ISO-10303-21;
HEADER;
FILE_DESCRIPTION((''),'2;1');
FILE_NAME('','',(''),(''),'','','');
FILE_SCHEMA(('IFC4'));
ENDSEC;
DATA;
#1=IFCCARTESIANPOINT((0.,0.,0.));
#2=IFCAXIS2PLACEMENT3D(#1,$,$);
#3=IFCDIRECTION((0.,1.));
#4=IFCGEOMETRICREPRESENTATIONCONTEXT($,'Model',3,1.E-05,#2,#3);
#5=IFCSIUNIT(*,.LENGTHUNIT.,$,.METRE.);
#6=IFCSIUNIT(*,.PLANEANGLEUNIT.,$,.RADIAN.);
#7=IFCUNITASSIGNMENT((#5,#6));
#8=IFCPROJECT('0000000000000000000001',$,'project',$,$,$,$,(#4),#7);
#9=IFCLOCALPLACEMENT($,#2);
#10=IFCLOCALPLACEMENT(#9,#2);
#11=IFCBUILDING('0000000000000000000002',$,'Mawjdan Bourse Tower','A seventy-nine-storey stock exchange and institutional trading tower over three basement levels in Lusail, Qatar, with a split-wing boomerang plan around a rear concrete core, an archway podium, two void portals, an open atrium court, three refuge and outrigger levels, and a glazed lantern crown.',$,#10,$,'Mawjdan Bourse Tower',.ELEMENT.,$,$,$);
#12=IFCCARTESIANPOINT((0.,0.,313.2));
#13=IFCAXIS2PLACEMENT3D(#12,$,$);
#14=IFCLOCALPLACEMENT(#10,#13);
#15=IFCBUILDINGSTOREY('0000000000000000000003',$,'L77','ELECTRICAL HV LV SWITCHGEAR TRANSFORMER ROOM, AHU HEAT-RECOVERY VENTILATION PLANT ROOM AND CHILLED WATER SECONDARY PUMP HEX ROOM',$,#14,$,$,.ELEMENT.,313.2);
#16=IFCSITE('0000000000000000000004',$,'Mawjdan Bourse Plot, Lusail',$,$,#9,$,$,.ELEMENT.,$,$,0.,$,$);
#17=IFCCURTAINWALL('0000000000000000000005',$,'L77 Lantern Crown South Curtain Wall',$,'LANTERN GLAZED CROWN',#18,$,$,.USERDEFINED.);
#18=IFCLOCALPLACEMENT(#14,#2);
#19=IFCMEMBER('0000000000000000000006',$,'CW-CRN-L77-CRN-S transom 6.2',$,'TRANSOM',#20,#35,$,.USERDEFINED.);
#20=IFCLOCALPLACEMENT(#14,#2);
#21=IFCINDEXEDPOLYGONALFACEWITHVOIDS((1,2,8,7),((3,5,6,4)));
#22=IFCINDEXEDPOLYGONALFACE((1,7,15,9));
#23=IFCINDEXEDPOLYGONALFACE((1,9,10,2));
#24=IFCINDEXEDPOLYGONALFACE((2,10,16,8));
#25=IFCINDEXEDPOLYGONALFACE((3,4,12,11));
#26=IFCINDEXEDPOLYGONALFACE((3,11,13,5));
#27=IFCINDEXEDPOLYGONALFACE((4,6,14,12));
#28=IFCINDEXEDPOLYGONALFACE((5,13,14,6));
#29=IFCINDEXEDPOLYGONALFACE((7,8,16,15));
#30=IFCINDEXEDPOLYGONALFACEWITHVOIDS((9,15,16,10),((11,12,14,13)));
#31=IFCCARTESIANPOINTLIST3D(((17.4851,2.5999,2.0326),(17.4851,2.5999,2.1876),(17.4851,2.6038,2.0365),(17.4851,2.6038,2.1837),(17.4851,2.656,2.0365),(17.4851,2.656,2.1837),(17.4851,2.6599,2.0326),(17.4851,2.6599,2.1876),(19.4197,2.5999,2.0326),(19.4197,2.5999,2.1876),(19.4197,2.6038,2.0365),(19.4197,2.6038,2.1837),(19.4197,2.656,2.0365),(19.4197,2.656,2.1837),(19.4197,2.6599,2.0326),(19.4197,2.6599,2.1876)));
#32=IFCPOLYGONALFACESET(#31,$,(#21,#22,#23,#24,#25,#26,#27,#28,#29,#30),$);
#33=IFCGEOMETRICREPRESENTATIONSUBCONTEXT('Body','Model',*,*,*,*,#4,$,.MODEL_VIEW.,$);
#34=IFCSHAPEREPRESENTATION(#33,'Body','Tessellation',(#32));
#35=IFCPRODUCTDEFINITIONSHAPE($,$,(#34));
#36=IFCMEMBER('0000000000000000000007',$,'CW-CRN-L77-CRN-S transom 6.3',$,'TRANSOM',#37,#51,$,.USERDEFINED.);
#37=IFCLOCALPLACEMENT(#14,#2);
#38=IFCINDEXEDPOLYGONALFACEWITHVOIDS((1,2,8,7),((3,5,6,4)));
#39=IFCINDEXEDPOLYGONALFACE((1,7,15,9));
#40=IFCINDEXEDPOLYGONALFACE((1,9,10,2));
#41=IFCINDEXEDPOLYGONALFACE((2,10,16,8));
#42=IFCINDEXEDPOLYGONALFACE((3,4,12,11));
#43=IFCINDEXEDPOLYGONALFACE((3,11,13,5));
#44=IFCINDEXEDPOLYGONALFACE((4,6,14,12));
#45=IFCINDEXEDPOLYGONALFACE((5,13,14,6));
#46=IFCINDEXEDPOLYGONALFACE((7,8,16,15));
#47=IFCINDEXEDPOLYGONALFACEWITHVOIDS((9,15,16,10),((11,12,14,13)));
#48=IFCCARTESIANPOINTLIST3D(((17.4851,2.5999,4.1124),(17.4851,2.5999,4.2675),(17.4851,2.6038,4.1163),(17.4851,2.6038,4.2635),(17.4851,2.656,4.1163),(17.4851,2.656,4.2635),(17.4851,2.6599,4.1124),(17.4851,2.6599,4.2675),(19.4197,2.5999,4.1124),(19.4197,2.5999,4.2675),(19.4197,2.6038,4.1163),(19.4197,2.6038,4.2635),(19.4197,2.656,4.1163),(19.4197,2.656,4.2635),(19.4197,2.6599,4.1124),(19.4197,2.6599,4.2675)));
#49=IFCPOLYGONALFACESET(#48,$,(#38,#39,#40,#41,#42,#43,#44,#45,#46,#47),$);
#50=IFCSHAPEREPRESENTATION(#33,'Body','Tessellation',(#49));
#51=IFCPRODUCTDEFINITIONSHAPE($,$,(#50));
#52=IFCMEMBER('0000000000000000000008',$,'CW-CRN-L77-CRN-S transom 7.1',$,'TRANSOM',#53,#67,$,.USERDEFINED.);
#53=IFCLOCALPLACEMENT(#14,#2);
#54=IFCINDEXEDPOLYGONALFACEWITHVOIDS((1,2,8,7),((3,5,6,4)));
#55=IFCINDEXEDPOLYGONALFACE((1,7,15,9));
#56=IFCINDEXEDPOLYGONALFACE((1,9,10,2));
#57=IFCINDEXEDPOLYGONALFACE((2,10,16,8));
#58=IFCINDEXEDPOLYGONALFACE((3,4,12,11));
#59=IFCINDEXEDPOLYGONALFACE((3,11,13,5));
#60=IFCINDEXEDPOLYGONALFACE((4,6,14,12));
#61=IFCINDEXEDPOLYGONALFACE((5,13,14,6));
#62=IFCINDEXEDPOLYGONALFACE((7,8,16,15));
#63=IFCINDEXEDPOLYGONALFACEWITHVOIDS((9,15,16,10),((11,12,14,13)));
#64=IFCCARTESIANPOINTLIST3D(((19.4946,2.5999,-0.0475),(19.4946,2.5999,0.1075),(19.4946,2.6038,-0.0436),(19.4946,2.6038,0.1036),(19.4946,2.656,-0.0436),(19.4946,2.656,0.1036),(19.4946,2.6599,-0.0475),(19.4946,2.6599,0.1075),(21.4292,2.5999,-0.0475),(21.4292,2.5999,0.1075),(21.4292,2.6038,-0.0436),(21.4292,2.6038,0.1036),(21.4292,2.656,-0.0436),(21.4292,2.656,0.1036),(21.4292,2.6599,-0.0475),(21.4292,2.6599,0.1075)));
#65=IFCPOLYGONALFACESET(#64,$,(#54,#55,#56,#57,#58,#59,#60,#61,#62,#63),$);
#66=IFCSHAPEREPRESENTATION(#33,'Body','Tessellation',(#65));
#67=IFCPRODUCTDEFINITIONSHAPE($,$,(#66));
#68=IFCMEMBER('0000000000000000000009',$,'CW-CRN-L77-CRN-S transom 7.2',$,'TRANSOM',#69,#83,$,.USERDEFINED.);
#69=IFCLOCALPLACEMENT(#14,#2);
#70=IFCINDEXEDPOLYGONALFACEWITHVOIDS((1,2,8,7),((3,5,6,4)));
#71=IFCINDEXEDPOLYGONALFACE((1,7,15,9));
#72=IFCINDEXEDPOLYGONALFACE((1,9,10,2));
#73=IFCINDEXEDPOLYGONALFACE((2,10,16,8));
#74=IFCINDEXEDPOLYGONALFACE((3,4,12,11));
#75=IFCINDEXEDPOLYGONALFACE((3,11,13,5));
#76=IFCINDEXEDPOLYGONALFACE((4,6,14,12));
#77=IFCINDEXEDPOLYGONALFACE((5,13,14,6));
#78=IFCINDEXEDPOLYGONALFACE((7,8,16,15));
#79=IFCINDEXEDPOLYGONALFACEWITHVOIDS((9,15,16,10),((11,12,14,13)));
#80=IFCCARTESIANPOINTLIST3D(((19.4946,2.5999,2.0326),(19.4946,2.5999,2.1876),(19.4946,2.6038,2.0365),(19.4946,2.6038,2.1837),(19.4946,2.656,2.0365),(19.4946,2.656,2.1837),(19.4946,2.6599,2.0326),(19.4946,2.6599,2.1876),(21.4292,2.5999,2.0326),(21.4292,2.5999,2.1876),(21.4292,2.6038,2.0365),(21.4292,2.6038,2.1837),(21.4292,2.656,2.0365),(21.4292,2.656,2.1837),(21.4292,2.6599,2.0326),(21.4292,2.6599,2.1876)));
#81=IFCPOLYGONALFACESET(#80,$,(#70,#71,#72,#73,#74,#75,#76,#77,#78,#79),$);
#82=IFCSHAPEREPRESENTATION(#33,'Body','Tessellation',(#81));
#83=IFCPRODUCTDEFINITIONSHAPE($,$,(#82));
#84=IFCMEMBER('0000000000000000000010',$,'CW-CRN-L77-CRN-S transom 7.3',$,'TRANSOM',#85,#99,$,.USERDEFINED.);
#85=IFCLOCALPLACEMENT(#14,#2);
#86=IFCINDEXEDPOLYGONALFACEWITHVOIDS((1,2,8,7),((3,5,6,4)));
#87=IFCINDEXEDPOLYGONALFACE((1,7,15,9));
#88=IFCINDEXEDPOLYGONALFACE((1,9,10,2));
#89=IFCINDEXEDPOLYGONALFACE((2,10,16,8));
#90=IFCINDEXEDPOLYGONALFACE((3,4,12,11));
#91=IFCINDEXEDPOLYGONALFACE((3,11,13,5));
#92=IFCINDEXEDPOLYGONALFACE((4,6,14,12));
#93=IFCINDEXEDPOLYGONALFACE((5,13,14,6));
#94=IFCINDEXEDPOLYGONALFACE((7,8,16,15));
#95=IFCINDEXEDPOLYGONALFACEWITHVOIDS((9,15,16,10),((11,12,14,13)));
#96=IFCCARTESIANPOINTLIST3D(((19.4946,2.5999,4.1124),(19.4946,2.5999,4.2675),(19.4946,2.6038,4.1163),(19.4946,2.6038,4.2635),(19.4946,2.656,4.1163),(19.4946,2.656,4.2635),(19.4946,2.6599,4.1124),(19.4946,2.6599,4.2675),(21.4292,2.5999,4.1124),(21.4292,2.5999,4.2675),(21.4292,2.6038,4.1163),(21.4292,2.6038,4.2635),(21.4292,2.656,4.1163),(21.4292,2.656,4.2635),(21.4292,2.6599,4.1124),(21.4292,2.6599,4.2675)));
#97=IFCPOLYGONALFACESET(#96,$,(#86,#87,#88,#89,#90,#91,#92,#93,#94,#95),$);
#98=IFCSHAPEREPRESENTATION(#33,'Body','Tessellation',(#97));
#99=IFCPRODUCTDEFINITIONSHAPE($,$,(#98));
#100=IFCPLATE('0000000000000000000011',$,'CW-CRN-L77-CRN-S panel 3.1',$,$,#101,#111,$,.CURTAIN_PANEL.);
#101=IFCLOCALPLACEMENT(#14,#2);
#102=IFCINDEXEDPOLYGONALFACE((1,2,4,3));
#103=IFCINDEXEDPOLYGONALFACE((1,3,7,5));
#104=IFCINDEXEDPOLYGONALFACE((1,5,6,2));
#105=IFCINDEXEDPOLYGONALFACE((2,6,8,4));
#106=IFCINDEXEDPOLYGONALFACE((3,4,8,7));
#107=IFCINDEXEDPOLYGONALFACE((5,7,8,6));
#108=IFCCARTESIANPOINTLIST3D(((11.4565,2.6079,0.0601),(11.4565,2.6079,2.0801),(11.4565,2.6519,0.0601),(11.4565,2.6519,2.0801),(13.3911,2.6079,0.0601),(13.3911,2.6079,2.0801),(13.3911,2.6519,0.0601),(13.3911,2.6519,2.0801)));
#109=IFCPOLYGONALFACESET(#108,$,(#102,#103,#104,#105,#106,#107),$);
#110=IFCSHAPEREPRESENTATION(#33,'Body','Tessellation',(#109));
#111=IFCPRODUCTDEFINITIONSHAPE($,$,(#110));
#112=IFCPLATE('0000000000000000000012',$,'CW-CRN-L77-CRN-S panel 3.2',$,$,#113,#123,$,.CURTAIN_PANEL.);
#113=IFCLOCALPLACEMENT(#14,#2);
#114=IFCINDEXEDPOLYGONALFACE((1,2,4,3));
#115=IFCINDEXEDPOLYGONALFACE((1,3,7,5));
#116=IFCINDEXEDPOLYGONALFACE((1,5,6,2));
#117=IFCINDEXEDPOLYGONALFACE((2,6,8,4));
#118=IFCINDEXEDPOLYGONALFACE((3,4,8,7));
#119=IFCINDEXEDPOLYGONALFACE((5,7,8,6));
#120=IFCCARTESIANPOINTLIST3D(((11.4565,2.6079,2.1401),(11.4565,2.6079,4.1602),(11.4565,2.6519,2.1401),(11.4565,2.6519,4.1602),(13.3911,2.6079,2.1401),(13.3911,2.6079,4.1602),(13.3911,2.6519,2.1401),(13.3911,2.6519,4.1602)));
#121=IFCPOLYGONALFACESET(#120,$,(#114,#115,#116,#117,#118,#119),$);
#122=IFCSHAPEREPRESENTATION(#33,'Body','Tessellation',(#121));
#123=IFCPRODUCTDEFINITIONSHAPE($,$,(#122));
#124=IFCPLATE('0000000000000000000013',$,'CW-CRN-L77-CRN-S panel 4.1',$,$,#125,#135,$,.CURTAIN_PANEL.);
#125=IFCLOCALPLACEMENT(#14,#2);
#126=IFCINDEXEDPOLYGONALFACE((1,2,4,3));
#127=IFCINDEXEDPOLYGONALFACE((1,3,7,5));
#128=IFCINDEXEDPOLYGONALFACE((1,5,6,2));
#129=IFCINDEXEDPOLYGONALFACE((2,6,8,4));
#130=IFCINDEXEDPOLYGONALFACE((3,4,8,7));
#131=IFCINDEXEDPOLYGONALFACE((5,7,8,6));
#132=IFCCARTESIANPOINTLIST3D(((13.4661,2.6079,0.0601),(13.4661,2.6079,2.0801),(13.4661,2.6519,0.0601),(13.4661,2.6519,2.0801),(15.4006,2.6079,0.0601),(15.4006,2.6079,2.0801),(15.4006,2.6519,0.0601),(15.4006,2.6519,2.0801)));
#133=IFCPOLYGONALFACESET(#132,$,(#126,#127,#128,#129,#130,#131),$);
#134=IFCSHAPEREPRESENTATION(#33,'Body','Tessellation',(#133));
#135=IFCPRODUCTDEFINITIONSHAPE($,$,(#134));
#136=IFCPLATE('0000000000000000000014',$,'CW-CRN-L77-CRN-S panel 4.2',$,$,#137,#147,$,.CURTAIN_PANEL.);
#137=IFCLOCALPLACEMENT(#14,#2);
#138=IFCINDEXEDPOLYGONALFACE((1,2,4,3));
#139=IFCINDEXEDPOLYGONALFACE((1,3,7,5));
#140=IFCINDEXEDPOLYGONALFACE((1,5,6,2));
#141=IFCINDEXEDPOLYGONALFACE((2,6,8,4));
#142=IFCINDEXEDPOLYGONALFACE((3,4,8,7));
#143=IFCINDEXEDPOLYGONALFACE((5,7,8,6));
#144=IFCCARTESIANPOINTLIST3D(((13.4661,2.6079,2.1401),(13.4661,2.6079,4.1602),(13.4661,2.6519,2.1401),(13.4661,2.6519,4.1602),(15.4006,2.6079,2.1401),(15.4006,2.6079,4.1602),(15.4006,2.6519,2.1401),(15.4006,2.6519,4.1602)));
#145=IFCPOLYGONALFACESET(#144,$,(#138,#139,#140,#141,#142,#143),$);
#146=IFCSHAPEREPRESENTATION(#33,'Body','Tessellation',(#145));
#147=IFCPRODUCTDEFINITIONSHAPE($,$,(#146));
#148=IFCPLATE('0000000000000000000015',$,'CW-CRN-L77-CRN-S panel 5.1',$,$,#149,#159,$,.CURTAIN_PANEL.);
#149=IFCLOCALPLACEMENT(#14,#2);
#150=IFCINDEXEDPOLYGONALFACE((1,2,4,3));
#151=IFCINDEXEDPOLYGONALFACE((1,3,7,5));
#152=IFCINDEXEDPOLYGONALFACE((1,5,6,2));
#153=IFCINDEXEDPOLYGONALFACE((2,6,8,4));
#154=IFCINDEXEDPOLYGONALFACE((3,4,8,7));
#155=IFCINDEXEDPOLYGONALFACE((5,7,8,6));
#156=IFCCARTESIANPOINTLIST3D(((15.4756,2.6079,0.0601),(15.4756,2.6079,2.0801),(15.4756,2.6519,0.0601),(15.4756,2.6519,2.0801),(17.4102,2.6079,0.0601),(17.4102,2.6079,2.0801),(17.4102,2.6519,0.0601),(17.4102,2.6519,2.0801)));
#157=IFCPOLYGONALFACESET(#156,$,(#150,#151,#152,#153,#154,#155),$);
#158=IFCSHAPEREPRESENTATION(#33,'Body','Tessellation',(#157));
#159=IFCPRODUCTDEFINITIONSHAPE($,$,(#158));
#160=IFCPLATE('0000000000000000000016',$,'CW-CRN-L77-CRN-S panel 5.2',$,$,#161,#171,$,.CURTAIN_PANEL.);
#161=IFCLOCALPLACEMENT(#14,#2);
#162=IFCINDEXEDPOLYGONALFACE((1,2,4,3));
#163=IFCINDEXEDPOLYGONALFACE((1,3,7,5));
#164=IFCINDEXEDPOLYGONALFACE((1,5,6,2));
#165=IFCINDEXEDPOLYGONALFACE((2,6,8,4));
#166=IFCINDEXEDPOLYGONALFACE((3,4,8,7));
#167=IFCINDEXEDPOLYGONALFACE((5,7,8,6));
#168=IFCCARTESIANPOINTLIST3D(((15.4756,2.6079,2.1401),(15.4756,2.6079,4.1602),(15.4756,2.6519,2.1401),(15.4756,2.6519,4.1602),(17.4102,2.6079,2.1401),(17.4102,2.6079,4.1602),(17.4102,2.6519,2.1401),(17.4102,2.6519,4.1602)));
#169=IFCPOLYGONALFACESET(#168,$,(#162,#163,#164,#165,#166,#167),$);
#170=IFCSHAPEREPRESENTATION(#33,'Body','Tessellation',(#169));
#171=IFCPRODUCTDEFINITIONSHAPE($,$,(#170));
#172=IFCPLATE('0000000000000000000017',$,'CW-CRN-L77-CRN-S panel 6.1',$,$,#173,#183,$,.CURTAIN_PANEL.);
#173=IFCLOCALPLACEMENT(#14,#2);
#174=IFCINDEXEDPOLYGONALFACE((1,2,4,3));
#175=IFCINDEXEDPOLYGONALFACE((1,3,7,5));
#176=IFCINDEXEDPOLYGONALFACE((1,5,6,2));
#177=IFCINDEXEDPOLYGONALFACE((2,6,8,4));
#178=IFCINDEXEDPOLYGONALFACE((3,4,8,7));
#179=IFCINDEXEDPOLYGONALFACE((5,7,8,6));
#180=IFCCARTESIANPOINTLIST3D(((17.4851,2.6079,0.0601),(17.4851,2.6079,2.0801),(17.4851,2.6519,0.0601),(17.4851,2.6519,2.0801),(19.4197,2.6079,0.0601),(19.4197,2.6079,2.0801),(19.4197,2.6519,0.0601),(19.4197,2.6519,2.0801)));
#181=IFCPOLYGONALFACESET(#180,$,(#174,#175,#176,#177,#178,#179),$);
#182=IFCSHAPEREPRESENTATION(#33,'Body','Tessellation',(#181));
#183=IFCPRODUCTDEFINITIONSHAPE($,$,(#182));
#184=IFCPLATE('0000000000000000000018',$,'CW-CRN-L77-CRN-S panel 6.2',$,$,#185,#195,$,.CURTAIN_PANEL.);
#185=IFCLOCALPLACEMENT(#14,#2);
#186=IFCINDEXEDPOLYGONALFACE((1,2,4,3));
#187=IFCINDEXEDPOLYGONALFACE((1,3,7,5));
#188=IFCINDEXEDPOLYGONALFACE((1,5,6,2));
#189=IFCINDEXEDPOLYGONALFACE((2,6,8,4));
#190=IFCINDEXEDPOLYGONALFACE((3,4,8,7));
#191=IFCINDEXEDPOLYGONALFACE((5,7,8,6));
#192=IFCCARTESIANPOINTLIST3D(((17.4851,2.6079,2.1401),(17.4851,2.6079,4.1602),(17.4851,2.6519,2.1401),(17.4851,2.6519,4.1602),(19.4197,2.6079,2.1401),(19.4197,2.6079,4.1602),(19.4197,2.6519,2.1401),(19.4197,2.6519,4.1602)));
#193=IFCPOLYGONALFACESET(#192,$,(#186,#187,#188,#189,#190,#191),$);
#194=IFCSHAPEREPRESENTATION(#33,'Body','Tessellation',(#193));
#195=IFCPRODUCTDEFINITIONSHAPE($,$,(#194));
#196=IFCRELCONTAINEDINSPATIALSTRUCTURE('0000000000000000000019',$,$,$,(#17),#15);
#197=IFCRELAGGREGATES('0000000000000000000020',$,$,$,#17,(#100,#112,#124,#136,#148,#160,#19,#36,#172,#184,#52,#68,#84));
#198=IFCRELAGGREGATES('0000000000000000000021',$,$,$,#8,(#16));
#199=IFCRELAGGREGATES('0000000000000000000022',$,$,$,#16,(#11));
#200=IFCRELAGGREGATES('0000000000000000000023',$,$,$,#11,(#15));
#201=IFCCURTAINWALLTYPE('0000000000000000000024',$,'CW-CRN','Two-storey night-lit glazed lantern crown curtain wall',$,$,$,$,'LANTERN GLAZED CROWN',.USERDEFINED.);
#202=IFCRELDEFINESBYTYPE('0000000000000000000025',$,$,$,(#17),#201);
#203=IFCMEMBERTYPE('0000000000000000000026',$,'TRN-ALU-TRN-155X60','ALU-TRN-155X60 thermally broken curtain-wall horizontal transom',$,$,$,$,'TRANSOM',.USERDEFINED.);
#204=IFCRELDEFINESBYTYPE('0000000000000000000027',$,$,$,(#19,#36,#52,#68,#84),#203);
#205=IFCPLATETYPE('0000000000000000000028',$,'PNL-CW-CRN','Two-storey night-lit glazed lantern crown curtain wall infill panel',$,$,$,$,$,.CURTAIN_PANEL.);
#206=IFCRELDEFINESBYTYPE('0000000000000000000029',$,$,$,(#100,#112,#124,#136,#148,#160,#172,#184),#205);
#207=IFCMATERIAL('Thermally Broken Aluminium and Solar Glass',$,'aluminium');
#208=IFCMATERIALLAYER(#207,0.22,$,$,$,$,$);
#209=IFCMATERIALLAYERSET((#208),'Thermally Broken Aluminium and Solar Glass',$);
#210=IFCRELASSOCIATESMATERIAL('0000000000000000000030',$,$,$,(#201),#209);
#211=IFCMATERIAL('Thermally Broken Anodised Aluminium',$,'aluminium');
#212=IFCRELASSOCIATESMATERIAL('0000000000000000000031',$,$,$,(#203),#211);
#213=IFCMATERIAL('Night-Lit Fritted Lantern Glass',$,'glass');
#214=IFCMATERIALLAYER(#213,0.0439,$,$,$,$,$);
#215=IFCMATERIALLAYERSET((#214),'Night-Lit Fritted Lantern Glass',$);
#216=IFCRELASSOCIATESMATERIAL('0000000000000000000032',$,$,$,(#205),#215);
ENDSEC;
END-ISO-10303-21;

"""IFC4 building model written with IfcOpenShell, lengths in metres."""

from ifc_helpers import new_model, si_unit, direction, frame, origin, origin_2d, place, context, subcontext, project, spatial, rectangle, hollow_rectangle, extrude, material, layer, layer_set, material_profile, profile_set, type_object, element, aggregate, save


model = new_model("IFC4")

# Units and contexts
model_context = context("Model", 3, precision=1e-05, world=origin(), true_north=direction((0.0, 1.0)))
body_context = subcontext(model_context, "Body", "Model", "MODEL_VIEW")
ifc_project = project(units=[si_unit("LENGTHUNIT", "METRE"), si_unit("PLANEANGLEUNIT", "RADIAN")], contexts=[model_context])

# Site, building, storey
site_placement = place(None, origin())
site = spatial("IfcSite", under=ifc_project, at=site_placement, Name="Mawjdan Bourse Plot, Lusail", CompositionType="ELEMENT", RefElevation=0.0)
building_placement = place(site_placement, origin())
building = spatial("IfcBuilding", under=site, at=building_placement, Name="Mawjdan Bourse Tower", Description="A seventy-nine-storey stock exchange and institutional trading tower over three basement levels in Lusail, Qatar, with a split-wing boomerang plan around a rear concrete core, an archway podium, two void portals, an open atrium court, three refuge and outrigger levels, and a glazed lantern crown.", LongName="Mawjdan Bourse Tower", CompositionType="ELEMENT")
storey_placement = place(building_placement, frame((0.0, 0.0, 313.2)))
storey = spatial("IfcBuildingStorey", under=building, at=storey_placement, Name="L77", Description="ELECTRICAL HV LV SWITCHGEAR TRANSFORMER ROOM, AHU HEAT-RECOVERY VENTILATION PLANT ROOM AND CHILLED WATER SECONDARY PUMP HEX ROOM", CompositionType="ELEMENT", Elevation=313.2)

# Curtain wall, members, plates
ifc_material_1 = material(Name="Thermally Broken Aluminium and Solar Glass", Category="aluminium")
ifc_layer_1 = layer(ifc_material_1, 0.22)
ifc_layer_set_1 = layer_set([ifc_layer_1], Name="Thermally Broken Aluminium and Solar Glass")
curtain_wall_type = type_object("IfcCurtainWallType", Name="CW-CRN", Description="Two-storey night-lit glazed lantern crown curtain wall", ElementType="LANTERN GLAZED CROWN", PredefinedType="USERDEFINED", material=ifc_layer_set_1)
curtain_wall_placement = place(storey_placement, origin())
curtain_wall = element("IfcCurtainWall", 1, at=curtain_wall_placement, inside=storey, type_object=curtain_wall_type, Name="L77 Lantern Crown South Curtain Wall", ObjectType="LANTERN GLAZED CROWN", PredefinedType="USERDEFINED")
ifc_material_2 = material(Name="Thermally Broken Anodised Aluminium", Category="aluminium")
ifc_material_profile_1 = material_profile(ifc_material_2, hollow_rectangle(XDim=0.0601, YDim=0.155, WallThickness=0.0039, at=origin_2d()), Name="ALU-TRN-155X60")
ifc_profile_set_1 = profile_set([ifc_material_profile_1], Name="Thermally Broken Anodised Aluminium")
member_type_1 = type_object("IfcMemberType", Name="TRN-ALU-TRN-155X60", Description="ALU-TRN-155X60 thermally broken curtain-wall horizontal transom", ElementType="TRANSOM", PredefinedType="USERDEFINED", material=ifc_profile_set_1)
member_1_placement = place(storey_placement, frame((17.4851, 2.6299, 2.1101), z_axis=(1.0, 0.0, 0.0), x_axis=(0.0, 1.0, 0.0)))
member_1 = element("IfcMember", 2, at=member_1_placement, type_object=member_type_1, Name="CW-CRN-L77-CRN-S transom 6.2", ObjectType="TRANSOM", PredefinedType="USERDEFINED", context=body_context, shape_type="SweptSolid", body=[
    extrude(hollow_rectangle(XDim=0.0601, YDim=0.155, WallThickness=0.0039, at=origin_2d()), origin(), (0.0, 0.0, 1.0), 1.9346),
])
member_2_placement = place(storey_placement, frame((17.4851, 2.6299, 4.1899), z_axis=(1.0, 0.0, 0.0), x_axis=(0.0, 1.0, 0.0)))
member_2 = element("IfcMember", 3, at=member_2_placement, type_object=member_type_1, Name="CW-CRN-L77-CRN-S transom 6.3", ObjectType="TRANSOM", PredefinedType="USERDEFINED", context=body_context, shape_type="SweptSolid", body=[
    extrude(hollow_rectangle(XDim=0.0601, YDim=0.155, WallThickness=0.0039, at=origin_2d()), origin(), (0.0, 0.0, 1.0), 1.9346),
])
member_3_placement = place(storey_placement, frame((19.4946, 2.6299, 0.03), z_axis=(1.0, 0.0, 0.0), x_axis=(0.0, 1.0, 0.0)))
member_3 = element("IfcMember", 4, at=member_3_placement, type_object=member_type_1, Name="CW-CRN-L77-CRN-S transom 7.1", ObjectType="TRANSOM", PredefinedType="USERDEFINED", context=body_context, shape_type="SweptSolid", body=[
    extrude(hollow_rectangle(XDim=0.0601, YDim=0.155, WallThickness=0.0039, at=origin_2d()), origin(), (0.0, 0.0, 1.0), 1.9346),
])
member_4_placement = place(storey_placement, frame((19.4946, 2.6299, 2.1101), z_axis=(1.0, 0.0, 0.0), x_axis=(0.0, 1.0, 0.0)))
member_4 = element("IfcMember", 5, at=member_4_placement, type_object=member_type_1, Name="CW-CRN-L77-CRN-S transom 7.2", ObjectType="TRANSOM", PredefinedType="USERDEFINED", context=body_context, shape_type="SweptSolid", body=[
    extrude(hollow_rectangle(XDim=0.0601, YDim=0.155, WallThickness=0.0039, at=origin_2d()), origin(), (0.0, 0.0, 1.0), 1.9346),
])
member_5_placement = place(storey_placement, frame((19.4946, 2.6299, 4.1899), z_axis=(1.0, 0.0, 0.0), x_axis=(0.0, 1.0, 0.0)))
member_5 = element("IfcMember", 6, at=member_5_placement, type_object=member_type_1, Name="CW-CRN-L77-CRN-S transom 7.3", ObjectType="TRANSOM", PredefinedType="USERDEFINED", context=body_context, shape_type="SweptSolid", body=[
    extrude(hollow_rectangle(XDim=0.0601, YDim=0.155, WallThickness=0.0039, at=origin_2d()), origin(), (0.0, 0.0, 1.0), 1.9346),
])
ifc_material_3 = material(Name="Night-Lit Fritted Lantern Glass", Category="glass")
ifc_layer_2 = layer(ifc_material_3, 0.0439)
ifc_layer_set_2 = layer_set([ifc_layer_2], Name="Night-Lit Fritted Lantern Glass")
plate_type = type_object("IfcPlateType", Name="PNL-CW-CRN", Description="Two-storey night-lit glazed lantern crown curtain wall infill panel", PredefinedType="CURTAIN_PANEL", material=ifc_layer_set_2)
plate_1_placement = place(storey_placement, frame((12.4238, 2.6299, 0.0601), z_axis=(0.0, 0.0, 1.0), x_axis=(1.0, 0.0, 0.0)))
plate_1 = element("IfcPlate", 7, at=plate_1_placement, type_object=plate_type, Name="CW-CRN-L77-CRN-S panel 3.1", PredefinedType="CURTAIN_PANEL", context=body_context, shape_type="SweptSolid", body=[
    extrude(rectangle(XDim=1.9346, YDim=0.0439, at=origin_2d()), origin(), (0.0, 0.0, 1.0), 2.02),
])
plate_2_placement = place(storey_placement, frame((12.4238, 2.6299, 2.1401), z_axis=(0.0, 0.0, 1.0), x_axis=(1.0, 0.0, 0.0)))
plate_2 = element("IfcPlate", 8, at=plate_2_placement, type_object=plate_type, Name="CW-CRN-L77-CRN-S panel 3.2", PredefinedType="CURTAIN_PANEL", context=body_context, shape_type="SweptSolid", body=[
    extrude(rectangle(XDim=1.9346, YDim=0.0439, at=origin_2d()), origin(), (0.0, 0.0, 1.0), 2.02),
])
plate_3_placement = place(storey_placement, frame((14.4333, 2.6299, 0.0601), z_axis=(0.0, 0.0, 1.0), x_axis=(1.0, 0.0, 0.0)))
plate_3 = element("IfcPlate", 9, at=plate_3_placement, type_object=plate_type, Name="CW-CRN-L77-CRN-S panel 4.1", PredefinedType="CURTAIN_PANEL", context=body_context, shape_type="SweptSolid", body=[
    extrude(rectangle(XDim=1.9346, YDim=0.0439, at=origin_2d()), origin(), (0.0, 0.0, 1.0), 2.02),
])
plate_4_placement = place(storey_placement, frame((14.4333, 2.6299, 2.1401), z_axis=(0.0, 0.0, 1.0), x_axis=(1.0, 0.0, 0.0)))
plate_4 = element("IfcPlate", 10, at=plate_4_placement, type_object=plate_type, Name="CW-CRN-L77-CRN-S panel 4.2", PredefinedType="CURTAIN_PANEL", context=body_context, shape_type="SweptSolid", body=[
    extrude(rectangle(XDim=1.9346, YDim=0.0439, at=origin_2d()), origin(), (0.0, 0.0, 1.0), 2.02),
])
plate_5_placement = place(storey_placement, frame((16.4429, 2.6299, 0.0601), z_axis=(0.0, 0.0, 1.0), x_axis=(1.0, 0.0, 0.0)))
plate_5 = element("IfcPlate", 11, at=plate_5_placement, type_object=plate_type, Name="CW-CRN-L77-CRN-S panel 5.1", PredefinedType="CURTAIN_PANEL", context=body_context, shape_type="SweptSolid", body=[
    extrude(rectangle(XDim=1.9346, YDim=0.0439, at=origin_2d()), origin(), (0.0, 0.0, 1.0), 2.02),
])
plate_6_placement = place(storey_placement, frame((16.4429, 2.6299, 2.1401), z_axis=(0.0, 0.0, 1.0), x_axis=(1.0, 0.0, 0.0)))
plate_6 = element("IfcPlate", 12, at=plate_6_placement, type_object=plate_type, Name="CW-CRN-L77-CRN-S panel 5.2", PredefinedType="CURTAIN_PANEL", context=body_context, shape_type="SweptSolid", body=[
    extrude(rectangle(XDim=1.9346, YDim=0.0439, at=origin_2d()), origin(), (0.0, 0.0, 1.0), 2.02),
])
plate_7_placement = place(storey_placement, frame((18.4524, 2.6299, 0.0601), z_axis=(0.0, 0.0, 1.0), x_axis=(1.0, 0.0, 0.0)))
plate_7 = element("IfcPlate", 13, at=plate_7_placement, type_object=plate_type, Name="CW-CRN-L77-CRN-S panel 6.1", PredefinedType="CURTAIN_PANEL", context=body_context, shape_type="SweptSolid", body=[
    extrude(rectangle(XDim=1.9346, YDim=0.0439, at=origin_2d()), origin(), (0.0, 0.0, 1.0), 2.02),
])
plate_8_placement = place(storey_placement, frame((18.4524, 2.6299, 2.1401), z_axis=(0.0, 0.0, 1.0), x_axis=(1.0, 0.0, 0.0)))
plate_8 = element("IfcPlate", 14, at=plate_8_placement, type_object=plate_type, Name="CW-CRN-L77-CRN-S panel 6.2", PredefinedType="CURTAIN_PANEL", context=body_context, shape_type="SweptSolid", body=[
    extrude(rectangle(XDim=1.9346, YDim=0.0439, at=origin_2d()), origin(), (0.0, 0.0, 1.0), 2.02),
])
aggregate(curtain_wall, [plate_1, plate_2, plate_3, plate_4, plate_5, plate_6, member_1, member_2, plate_7, plate_8, member_3, member_4, member_5])

save(model, "model.ifc")
